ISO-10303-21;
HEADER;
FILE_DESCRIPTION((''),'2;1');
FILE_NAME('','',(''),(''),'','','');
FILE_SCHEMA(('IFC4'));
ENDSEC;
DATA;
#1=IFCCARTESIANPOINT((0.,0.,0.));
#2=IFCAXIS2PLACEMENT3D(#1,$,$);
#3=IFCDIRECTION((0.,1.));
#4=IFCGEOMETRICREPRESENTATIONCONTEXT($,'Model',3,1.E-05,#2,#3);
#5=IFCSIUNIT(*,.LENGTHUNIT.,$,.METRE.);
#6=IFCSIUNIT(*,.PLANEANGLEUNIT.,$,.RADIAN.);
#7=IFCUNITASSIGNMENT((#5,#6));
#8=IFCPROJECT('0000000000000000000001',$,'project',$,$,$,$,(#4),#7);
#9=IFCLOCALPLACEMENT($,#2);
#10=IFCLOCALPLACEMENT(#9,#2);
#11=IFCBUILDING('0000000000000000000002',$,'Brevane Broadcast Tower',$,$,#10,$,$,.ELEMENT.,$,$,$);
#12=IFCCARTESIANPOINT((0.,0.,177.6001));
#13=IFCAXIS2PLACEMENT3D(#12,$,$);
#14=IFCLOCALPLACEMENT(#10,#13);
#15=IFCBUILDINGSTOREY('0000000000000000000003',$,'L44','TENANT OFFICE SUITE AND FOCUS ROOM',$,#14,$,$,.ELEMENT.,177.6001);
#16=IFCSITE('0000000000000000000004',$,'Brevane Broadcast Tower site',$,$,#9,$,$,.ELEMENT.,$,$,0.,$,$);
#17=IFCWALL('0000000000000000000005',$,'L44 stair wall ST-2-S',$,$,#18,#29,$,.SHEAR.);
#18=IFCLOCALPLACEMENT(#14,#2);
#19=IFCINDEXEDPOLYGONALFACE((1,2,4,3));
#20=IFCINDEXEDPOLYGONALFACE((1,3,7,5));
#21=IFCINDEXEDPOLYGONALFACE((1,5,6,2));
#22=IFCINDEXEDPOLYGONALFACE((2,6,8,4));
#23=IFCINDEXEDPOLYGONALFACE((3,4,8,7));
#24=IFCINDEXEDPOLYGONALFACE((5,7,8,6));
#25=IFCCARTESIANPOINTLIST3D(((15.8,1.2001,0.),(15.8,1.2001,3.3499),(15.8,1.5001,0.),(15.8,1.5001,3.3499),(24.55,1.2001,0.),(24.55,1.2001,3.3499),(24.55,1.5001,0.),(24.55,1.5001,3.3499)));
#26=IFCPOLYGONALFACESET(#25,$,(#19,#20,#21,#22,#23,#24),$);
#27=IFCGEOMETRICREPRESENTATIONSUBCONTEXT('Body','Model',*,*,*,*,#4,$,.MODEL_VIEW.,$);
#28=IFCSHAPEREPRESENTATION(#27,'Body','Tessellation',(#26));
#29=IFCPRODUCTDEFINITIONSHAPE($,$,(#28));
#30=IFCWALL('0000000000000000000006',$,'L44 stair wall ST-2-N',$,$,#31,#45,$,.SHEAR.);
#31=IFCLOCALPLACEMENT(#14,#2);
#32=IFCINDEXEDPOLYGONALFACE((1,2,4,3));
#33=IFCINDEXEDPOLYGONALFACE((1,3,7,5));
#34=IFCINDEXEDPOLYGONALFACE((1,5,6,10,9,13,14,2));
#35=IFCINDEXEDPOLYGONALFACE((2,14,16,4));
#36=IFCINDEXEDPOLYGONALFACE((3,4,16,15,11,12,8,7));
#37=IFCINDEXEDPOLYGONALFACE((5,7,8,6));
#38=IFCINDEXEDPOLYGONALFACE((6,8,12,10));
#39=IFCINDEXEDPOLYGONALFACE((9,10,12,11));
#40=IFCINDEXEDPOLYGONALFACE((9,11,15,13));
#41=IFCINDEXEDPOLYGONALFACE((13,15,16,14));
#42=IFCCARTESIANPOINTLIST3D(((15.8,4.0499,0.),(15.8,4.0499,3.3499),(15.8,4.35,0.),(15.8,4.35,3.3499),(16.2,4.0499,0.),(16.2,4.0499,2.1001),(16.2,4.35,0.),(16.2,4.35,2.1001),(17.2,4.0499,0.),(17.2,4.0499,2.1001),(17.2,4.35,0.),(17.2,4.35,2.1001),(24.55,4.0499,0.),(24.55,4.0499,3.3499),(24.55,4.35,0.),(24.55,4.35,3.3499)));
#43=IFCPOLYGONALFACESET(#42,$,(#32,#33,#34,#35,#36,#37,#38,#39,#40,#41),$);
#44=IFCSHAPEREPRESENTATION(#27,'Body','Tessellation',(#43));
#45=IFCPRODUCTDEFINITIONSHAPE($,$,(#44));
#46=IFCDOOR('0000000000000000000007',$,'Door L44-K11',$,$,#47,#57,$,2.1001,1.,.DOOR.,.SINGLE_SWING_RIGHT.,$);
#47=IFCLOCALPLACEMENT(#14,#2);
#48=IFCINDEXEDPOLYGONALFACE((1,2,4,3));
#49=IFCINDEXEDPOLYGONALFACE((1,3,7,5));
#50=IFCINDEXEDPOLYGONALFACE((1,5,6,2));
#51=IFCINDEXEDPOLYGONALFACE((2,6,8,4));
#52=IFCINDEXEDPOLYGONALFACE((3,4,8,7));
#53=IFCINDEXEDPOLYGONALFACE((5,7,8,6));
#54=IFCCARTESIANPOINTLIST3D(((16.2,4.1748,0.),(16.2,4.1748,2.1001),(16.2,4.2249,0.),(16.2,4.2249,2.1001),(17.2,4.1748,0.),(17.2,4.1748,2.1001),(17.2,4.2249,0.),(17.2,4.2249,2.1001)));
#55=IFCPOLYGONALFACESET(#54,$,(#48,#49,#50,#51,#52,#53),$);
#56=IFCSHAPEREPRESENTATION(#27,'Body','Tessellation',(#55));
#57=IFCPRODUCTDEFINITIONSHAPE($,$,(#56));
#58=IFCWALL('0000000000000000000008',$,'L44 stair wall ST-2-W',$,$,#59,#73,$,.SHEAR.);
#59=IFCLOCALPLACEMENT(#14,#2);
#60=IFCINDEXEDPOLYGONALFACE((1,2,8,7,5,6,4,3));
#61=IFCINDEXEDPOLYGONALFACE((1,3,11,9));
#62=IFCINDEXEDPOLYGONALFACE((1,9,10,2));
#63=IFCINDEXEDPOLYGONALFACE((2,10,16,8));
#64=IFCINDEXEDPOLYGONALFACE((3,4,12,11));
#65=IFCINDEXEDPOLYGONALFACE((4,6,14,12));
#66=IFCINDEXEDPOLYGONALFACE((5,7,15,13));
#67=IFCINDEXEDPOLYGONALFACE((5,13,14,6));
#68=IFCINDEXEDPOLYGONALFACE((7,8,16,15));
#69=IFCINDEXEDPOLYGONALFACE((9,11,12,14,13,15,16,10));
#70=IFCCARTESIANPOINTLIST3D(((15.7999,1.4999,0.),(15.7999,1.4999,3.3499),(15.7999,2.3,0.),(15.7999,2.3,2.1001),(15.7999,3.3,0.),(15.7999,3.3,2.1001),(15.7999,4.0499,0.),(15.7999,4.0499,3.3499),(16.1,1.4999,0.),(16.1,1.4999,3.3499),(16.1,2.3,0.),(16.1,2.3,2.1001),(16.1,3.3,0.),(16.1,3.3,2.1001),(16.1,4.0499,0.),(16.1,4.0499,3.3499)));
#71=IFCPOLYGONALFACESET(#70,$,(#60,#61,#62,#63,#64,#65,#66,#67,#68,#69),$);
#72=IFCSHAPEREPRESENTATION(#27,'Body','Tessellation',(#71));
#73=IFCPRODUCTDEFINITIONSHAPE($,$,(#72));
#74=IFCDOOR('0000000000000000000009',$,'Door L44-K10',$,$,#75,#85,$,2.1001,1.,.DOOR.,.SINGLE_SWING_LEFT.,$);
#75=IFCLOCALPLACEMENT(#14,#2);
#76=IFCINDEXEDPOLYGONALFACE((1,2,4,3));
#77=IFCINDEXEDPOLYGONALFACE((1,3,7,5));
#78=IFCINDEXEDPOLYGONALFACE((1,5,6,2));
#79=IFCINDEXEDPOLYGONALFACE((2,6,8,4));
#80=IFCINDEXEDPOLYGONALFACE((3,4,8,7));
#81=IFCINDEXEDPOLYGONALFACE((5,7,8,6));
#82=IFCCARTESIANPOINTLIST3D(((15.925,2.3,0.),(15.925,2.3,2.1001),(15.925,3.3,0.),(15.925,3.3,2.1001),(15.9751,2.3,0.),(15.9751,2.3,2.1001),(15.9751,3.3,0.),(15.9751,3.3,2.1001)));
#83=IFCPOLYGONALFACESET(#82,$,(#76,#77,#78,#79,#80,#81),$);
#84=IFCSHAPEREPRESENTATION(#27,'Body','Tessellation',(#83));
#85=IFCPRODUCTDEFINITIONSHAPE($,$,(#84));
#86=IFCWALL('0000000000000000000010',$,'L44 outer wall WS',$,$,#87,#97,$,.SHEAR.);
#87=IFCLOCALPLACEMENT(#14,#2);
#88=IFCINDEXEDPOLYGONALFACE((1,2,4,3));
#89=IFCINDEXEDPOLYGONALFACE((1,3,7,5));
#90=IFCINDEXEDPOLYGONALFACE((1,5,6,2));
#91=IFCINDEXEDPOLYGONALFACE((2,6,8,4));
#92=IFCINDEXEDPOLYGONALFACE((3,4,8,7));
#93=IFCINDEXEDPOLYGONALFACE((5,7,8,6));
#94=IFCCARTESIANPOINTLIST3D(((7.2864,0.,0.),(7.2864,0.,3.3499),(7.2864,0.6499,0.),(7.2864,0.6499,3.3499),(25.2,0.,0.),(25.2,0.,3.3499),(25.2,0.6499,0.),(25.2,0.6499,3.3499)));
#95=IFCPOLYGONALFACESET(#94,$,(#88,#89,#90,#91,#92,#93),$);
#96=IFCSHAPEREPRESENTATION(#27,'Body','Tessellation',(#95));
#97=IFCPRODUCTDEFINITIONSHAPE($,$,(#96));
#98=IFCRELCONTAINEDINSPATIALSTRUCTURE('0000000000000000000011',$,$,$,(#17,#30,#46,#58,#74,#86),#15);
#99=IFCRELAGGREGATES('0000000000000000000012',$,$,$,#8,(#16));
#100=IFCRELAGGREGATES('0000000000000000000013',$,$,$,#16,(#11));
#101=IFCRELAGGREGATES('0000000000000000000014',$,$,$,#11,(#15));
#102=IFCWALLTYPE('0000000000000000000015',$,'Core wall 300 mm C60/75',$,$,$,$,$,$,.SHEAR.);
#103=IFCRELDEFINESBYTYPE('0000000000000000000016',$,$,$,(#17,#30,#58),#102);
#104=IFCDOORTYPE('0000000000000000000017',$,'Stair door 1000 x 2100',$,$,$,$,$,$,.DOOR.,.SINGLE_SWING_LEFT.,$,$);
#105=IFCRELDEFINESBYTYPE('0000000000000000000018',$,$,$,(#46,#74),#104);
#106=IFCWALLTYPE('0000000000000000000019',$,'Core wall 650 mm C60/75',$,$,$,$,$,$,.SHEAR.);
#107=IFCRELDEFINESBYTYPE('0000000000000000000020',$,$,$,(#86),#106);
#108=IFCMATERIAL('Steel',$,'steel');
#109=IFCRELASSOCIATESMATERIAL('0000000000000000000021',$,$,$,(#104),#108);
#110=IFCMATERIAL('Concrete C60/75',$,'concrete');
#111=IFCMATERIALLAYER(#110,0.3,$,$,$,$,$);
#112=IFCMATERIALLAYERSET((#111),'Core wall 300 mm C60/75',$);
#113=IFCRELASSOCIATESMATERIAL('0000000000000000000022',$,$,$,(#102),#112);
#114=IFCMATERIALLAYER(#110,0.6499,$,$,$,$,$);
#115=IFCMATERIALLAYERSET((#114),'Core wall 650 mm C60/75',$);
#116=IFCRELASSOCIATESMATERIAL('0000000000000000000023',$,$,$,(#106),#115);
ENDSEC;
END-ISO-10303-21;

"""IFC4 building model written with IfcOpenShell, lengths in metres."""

from ifc_helpers import new_model, si_unit, direction, frame, frame_2d, origin, place, context, subcontext, project, spatial, rectangle, extrude, material, layer, layer_set, type_object, element, fill, save


model = new_model("IFC4")

# Units and contexts
model_context = context("Model", 3, precision=1e-05, world=origin(), true_north=direction((0.0, 1.0)))
body_context = subcontext(model_context, "Body", "Model", "MODEL_VIEW")
ifc_project = project(units=[si_unit("LENGTHUNIT", "METRE"), si_unit("PLANEANGLEUNIT", "RADIAN")], contexts=[model_context])

# Site, building, storey
site_placement = place(None, origin())
site = spatial("IfcSite", under=ifc_project, at=site_placement, Name="Brevane Broadcast Tower site", CompositionType="ELEMENT", RefElevation=0.0)
building_placement = place(site_placement, origin())
building = spatial("IfcBuilding", under=site, at=building_placement, Name="Brevane Broadcast Tower", CompositionType="ELEMENT")
storey_placement = place(building_placement, frame((0.0, 0.0, 177.6001)))
storey = spatial("IfcBuildingStorey", under=building, at=storey_placement, Name="L44", Description="TENANT OFFICE SUITE AND FOCUS ROOM", CompositionType="ELEMENT", Elevation=177.6001)

# Shared definitions
ifc_material_1 = material(Name="Steel", Category="steel")
door_type_1 = type_object("IfcDoorType", Name="Stair door 1000 x 2100", OperationType="SINGLE_SWING_LEFT", PredefinedType="DOOR", material=ifc_material_1)

# Shared definitions
ifc_material_2 = material(Name="Concrete C60/75", Category="concrete")
ifc_layer_1 = layer(ifc_material_2, 0.3)
ifc_layer_set_1 = layer_set([ifc_layer_1], Name="Core wall 300 mm C60/75")
wall_type_1 = type_object("IfcWallType", Name="Core wall 300 mm C60/75", PredefinedType="SHEAR", material=ifc_layer_set_1)

# Wall
wall_1_placement = place(storey_placement, frame((15.8, 1.3501, 0.0), z_axis=(0.0, 0.0, 1.0), x_axis=(1.0, 0.0, 0.0)))
element("IfcWall", 1, at=wall_1_placement, inside=storey, type_object=wall_type_1, Name="L44 stair wall ST-2-S", PredefinedType="SHEAR", context=body_context, shape_type="SweptSolid", body=[
    extrude(rectangle(XDim=8.75, YDim=0.3, at=frame_2d((4.375, 0.0))), origin(), (0.0, 0.0, 1.0), 3.3499),
])

# Walls, openings, doors
wall_2_placement = place(storey_placement, frame((15.8, 4.2, 0.0), z_axis=(0.0, 0.0, 1.0), x_axis=(1.0, 0.0, 0.0)))
wall_2 = element("IfcWall", 2, at=wall_2_placement, inside=storey, type_object=wall_type_1, Name="L44 stair wall ST-2-N", PredefinedType="SHEAR", context=body_context, shape_type="SweptSolid", body=[
    extrude(rectangle(XDim=8.75, YDim=0.3, at=frame_2d((4.375, 0.0))), origin(), (0.0, 0.0, 1.0), 3.3499),
])
opening_1_placement = place(wall_2_placement, frame((0.3999, 0.0, 0.0)))
opening_1 = element("IfcOpeningElement", 3, at=opening_1_placement, cuts=wall_2, PredefinedType="OPENING", context=body_context, shape_type="SweptSolid", body=[
    extrude(rectangle(XDim=1.0, YDim=2.1001, at=frame_2d((0.5, 1.05))), frame((0.0, 0.1599, 0.0), z_axis=(0.0, -1.0, 0.0), x_axis=(1.0, 0.0, 0.0)), (0.0, 0.0, 1.0), 0.3201),
])
door_1_placement = place(opening_1_placement, origin())
door_1 = element("IfcDoor", 4, at=door_1_placement, inside=storey, type_object=door_type_1, Name="Door L44-K11", OperationType="SINGLE_SWING_RIGHT", OverallHeight=2.1001, OverallWidth=1.0, PredefinedType="DOOR", context=body_context, shape_type="SweptSolid", body=[
    extrude(rectangle(XDim=1.0, YDim=2.1001, at=frame_2d((0.5, 1.05))), frame((0.0, 0.0249, 0.0), z_axis=(0.0, -1.0, 0.0), x_axis=(1.0, 0.0, 0.0)), (0.0, 0.0, 1.0), 0.05),
])
fill(opening_1, door_1)
wall_3_placement = place(storey_placement, frame((15.95, 1.5, 0.0), z_axis=(0.0, 0.0, 1.0), x_axis=(0.0, 1.0, 0.0)))
wall_3 = element("IfcWall", 5, at=wall_3_placement, inside=storey, type_object=wall_type_1, Name="L44 stair wall ST-2-W", PredefinedType="SHEAR", context=body_context, shape_type="SweptSolid", body=[
    extrude(rectangle(XDim=2.55, YDim=0.3, at=frame_2d((1.2749, 0.0))), origin(), (0.0, 0.0, 1.0), 3.3499),
])
opening_2_placement = place(wall_3_placement, frame((0.8, 0.0, 0.0)))
opening_2 = element("IfcOpeningElement", 6, at=opening_2_placement, cuts=wall_3, PredefinedType="OPENING", context=body_context, shape_type="SweptSolid", body=[
    extrude(rectangle(XDim=1.0, YDim=2.1001, at=frame_2d((0.5, 1.05))), frame((0.0, 0.1599, 0.0), z_axis=(0.0, -1.0, 0.0), x_axis=(1.0, 0.0, 0.0)), (0.0, 0.0, 1.0), 0.3201),
])
door_2_placement = place(opening_2_placement, origin())
door_2 = element("IfcDoor", 7, at=door_2_placement, inside=storey, type_object=door_type_1, Name="Door L44-K10", OperationType="SINGLE_SWING_LEFT", OverallHeight=2.1001, OverallWidth=1.0, PredefinedType="DOOR", context=body_context, shape_type="SweptSolid", body=[
    extrude(rectangle(XDim=1.0, YDim=2.1001, at=frame_2d((0.5, 1.05))), frame((0.0, 0.0249, 0.0), z_axis=(0.0, -1.0, 0.0), x_axis=(1.0, 0.0, 0.0)), (0.0, 0.0, 1.0), 0.05),
])
fill(opening_2, door_2)

# Wall
ifc_layer_2 = layer(ifc_material_2, 0.6499)
ifc_layer_set_2 = layer_set([ifc_layer_2], Name="Core wall 650 mm C60/75")
wall_type_2 = type_object("IfcWallType", Name="Core wall 650 mm C60/75", PredefinedType="SHEAR", material=ifc_layer_set_2)
wall_4_placement = place(storey_placement, frame((7.2864, 0.325, 0.0), z_axis=(0.0, 0.0, 1.0), x_axis=(1.0, 0.0, 0.0)))
element("IfcWall", 8, at=wall_4_placement, inside=storey, type_object=wall_type_2, Name="L44 outer wall WS", PredefinedType="SHEAR", context=body_context, shape_type="SweptSolid", body=[
    extrude(rectangle(XDim=17.9136, YDim=0.6499, at=frame_2d((8.9568, 0.0))), origin(), (0.0, 0.0, 1.0), 3.3499),
])

save(model, "model.ifc")
